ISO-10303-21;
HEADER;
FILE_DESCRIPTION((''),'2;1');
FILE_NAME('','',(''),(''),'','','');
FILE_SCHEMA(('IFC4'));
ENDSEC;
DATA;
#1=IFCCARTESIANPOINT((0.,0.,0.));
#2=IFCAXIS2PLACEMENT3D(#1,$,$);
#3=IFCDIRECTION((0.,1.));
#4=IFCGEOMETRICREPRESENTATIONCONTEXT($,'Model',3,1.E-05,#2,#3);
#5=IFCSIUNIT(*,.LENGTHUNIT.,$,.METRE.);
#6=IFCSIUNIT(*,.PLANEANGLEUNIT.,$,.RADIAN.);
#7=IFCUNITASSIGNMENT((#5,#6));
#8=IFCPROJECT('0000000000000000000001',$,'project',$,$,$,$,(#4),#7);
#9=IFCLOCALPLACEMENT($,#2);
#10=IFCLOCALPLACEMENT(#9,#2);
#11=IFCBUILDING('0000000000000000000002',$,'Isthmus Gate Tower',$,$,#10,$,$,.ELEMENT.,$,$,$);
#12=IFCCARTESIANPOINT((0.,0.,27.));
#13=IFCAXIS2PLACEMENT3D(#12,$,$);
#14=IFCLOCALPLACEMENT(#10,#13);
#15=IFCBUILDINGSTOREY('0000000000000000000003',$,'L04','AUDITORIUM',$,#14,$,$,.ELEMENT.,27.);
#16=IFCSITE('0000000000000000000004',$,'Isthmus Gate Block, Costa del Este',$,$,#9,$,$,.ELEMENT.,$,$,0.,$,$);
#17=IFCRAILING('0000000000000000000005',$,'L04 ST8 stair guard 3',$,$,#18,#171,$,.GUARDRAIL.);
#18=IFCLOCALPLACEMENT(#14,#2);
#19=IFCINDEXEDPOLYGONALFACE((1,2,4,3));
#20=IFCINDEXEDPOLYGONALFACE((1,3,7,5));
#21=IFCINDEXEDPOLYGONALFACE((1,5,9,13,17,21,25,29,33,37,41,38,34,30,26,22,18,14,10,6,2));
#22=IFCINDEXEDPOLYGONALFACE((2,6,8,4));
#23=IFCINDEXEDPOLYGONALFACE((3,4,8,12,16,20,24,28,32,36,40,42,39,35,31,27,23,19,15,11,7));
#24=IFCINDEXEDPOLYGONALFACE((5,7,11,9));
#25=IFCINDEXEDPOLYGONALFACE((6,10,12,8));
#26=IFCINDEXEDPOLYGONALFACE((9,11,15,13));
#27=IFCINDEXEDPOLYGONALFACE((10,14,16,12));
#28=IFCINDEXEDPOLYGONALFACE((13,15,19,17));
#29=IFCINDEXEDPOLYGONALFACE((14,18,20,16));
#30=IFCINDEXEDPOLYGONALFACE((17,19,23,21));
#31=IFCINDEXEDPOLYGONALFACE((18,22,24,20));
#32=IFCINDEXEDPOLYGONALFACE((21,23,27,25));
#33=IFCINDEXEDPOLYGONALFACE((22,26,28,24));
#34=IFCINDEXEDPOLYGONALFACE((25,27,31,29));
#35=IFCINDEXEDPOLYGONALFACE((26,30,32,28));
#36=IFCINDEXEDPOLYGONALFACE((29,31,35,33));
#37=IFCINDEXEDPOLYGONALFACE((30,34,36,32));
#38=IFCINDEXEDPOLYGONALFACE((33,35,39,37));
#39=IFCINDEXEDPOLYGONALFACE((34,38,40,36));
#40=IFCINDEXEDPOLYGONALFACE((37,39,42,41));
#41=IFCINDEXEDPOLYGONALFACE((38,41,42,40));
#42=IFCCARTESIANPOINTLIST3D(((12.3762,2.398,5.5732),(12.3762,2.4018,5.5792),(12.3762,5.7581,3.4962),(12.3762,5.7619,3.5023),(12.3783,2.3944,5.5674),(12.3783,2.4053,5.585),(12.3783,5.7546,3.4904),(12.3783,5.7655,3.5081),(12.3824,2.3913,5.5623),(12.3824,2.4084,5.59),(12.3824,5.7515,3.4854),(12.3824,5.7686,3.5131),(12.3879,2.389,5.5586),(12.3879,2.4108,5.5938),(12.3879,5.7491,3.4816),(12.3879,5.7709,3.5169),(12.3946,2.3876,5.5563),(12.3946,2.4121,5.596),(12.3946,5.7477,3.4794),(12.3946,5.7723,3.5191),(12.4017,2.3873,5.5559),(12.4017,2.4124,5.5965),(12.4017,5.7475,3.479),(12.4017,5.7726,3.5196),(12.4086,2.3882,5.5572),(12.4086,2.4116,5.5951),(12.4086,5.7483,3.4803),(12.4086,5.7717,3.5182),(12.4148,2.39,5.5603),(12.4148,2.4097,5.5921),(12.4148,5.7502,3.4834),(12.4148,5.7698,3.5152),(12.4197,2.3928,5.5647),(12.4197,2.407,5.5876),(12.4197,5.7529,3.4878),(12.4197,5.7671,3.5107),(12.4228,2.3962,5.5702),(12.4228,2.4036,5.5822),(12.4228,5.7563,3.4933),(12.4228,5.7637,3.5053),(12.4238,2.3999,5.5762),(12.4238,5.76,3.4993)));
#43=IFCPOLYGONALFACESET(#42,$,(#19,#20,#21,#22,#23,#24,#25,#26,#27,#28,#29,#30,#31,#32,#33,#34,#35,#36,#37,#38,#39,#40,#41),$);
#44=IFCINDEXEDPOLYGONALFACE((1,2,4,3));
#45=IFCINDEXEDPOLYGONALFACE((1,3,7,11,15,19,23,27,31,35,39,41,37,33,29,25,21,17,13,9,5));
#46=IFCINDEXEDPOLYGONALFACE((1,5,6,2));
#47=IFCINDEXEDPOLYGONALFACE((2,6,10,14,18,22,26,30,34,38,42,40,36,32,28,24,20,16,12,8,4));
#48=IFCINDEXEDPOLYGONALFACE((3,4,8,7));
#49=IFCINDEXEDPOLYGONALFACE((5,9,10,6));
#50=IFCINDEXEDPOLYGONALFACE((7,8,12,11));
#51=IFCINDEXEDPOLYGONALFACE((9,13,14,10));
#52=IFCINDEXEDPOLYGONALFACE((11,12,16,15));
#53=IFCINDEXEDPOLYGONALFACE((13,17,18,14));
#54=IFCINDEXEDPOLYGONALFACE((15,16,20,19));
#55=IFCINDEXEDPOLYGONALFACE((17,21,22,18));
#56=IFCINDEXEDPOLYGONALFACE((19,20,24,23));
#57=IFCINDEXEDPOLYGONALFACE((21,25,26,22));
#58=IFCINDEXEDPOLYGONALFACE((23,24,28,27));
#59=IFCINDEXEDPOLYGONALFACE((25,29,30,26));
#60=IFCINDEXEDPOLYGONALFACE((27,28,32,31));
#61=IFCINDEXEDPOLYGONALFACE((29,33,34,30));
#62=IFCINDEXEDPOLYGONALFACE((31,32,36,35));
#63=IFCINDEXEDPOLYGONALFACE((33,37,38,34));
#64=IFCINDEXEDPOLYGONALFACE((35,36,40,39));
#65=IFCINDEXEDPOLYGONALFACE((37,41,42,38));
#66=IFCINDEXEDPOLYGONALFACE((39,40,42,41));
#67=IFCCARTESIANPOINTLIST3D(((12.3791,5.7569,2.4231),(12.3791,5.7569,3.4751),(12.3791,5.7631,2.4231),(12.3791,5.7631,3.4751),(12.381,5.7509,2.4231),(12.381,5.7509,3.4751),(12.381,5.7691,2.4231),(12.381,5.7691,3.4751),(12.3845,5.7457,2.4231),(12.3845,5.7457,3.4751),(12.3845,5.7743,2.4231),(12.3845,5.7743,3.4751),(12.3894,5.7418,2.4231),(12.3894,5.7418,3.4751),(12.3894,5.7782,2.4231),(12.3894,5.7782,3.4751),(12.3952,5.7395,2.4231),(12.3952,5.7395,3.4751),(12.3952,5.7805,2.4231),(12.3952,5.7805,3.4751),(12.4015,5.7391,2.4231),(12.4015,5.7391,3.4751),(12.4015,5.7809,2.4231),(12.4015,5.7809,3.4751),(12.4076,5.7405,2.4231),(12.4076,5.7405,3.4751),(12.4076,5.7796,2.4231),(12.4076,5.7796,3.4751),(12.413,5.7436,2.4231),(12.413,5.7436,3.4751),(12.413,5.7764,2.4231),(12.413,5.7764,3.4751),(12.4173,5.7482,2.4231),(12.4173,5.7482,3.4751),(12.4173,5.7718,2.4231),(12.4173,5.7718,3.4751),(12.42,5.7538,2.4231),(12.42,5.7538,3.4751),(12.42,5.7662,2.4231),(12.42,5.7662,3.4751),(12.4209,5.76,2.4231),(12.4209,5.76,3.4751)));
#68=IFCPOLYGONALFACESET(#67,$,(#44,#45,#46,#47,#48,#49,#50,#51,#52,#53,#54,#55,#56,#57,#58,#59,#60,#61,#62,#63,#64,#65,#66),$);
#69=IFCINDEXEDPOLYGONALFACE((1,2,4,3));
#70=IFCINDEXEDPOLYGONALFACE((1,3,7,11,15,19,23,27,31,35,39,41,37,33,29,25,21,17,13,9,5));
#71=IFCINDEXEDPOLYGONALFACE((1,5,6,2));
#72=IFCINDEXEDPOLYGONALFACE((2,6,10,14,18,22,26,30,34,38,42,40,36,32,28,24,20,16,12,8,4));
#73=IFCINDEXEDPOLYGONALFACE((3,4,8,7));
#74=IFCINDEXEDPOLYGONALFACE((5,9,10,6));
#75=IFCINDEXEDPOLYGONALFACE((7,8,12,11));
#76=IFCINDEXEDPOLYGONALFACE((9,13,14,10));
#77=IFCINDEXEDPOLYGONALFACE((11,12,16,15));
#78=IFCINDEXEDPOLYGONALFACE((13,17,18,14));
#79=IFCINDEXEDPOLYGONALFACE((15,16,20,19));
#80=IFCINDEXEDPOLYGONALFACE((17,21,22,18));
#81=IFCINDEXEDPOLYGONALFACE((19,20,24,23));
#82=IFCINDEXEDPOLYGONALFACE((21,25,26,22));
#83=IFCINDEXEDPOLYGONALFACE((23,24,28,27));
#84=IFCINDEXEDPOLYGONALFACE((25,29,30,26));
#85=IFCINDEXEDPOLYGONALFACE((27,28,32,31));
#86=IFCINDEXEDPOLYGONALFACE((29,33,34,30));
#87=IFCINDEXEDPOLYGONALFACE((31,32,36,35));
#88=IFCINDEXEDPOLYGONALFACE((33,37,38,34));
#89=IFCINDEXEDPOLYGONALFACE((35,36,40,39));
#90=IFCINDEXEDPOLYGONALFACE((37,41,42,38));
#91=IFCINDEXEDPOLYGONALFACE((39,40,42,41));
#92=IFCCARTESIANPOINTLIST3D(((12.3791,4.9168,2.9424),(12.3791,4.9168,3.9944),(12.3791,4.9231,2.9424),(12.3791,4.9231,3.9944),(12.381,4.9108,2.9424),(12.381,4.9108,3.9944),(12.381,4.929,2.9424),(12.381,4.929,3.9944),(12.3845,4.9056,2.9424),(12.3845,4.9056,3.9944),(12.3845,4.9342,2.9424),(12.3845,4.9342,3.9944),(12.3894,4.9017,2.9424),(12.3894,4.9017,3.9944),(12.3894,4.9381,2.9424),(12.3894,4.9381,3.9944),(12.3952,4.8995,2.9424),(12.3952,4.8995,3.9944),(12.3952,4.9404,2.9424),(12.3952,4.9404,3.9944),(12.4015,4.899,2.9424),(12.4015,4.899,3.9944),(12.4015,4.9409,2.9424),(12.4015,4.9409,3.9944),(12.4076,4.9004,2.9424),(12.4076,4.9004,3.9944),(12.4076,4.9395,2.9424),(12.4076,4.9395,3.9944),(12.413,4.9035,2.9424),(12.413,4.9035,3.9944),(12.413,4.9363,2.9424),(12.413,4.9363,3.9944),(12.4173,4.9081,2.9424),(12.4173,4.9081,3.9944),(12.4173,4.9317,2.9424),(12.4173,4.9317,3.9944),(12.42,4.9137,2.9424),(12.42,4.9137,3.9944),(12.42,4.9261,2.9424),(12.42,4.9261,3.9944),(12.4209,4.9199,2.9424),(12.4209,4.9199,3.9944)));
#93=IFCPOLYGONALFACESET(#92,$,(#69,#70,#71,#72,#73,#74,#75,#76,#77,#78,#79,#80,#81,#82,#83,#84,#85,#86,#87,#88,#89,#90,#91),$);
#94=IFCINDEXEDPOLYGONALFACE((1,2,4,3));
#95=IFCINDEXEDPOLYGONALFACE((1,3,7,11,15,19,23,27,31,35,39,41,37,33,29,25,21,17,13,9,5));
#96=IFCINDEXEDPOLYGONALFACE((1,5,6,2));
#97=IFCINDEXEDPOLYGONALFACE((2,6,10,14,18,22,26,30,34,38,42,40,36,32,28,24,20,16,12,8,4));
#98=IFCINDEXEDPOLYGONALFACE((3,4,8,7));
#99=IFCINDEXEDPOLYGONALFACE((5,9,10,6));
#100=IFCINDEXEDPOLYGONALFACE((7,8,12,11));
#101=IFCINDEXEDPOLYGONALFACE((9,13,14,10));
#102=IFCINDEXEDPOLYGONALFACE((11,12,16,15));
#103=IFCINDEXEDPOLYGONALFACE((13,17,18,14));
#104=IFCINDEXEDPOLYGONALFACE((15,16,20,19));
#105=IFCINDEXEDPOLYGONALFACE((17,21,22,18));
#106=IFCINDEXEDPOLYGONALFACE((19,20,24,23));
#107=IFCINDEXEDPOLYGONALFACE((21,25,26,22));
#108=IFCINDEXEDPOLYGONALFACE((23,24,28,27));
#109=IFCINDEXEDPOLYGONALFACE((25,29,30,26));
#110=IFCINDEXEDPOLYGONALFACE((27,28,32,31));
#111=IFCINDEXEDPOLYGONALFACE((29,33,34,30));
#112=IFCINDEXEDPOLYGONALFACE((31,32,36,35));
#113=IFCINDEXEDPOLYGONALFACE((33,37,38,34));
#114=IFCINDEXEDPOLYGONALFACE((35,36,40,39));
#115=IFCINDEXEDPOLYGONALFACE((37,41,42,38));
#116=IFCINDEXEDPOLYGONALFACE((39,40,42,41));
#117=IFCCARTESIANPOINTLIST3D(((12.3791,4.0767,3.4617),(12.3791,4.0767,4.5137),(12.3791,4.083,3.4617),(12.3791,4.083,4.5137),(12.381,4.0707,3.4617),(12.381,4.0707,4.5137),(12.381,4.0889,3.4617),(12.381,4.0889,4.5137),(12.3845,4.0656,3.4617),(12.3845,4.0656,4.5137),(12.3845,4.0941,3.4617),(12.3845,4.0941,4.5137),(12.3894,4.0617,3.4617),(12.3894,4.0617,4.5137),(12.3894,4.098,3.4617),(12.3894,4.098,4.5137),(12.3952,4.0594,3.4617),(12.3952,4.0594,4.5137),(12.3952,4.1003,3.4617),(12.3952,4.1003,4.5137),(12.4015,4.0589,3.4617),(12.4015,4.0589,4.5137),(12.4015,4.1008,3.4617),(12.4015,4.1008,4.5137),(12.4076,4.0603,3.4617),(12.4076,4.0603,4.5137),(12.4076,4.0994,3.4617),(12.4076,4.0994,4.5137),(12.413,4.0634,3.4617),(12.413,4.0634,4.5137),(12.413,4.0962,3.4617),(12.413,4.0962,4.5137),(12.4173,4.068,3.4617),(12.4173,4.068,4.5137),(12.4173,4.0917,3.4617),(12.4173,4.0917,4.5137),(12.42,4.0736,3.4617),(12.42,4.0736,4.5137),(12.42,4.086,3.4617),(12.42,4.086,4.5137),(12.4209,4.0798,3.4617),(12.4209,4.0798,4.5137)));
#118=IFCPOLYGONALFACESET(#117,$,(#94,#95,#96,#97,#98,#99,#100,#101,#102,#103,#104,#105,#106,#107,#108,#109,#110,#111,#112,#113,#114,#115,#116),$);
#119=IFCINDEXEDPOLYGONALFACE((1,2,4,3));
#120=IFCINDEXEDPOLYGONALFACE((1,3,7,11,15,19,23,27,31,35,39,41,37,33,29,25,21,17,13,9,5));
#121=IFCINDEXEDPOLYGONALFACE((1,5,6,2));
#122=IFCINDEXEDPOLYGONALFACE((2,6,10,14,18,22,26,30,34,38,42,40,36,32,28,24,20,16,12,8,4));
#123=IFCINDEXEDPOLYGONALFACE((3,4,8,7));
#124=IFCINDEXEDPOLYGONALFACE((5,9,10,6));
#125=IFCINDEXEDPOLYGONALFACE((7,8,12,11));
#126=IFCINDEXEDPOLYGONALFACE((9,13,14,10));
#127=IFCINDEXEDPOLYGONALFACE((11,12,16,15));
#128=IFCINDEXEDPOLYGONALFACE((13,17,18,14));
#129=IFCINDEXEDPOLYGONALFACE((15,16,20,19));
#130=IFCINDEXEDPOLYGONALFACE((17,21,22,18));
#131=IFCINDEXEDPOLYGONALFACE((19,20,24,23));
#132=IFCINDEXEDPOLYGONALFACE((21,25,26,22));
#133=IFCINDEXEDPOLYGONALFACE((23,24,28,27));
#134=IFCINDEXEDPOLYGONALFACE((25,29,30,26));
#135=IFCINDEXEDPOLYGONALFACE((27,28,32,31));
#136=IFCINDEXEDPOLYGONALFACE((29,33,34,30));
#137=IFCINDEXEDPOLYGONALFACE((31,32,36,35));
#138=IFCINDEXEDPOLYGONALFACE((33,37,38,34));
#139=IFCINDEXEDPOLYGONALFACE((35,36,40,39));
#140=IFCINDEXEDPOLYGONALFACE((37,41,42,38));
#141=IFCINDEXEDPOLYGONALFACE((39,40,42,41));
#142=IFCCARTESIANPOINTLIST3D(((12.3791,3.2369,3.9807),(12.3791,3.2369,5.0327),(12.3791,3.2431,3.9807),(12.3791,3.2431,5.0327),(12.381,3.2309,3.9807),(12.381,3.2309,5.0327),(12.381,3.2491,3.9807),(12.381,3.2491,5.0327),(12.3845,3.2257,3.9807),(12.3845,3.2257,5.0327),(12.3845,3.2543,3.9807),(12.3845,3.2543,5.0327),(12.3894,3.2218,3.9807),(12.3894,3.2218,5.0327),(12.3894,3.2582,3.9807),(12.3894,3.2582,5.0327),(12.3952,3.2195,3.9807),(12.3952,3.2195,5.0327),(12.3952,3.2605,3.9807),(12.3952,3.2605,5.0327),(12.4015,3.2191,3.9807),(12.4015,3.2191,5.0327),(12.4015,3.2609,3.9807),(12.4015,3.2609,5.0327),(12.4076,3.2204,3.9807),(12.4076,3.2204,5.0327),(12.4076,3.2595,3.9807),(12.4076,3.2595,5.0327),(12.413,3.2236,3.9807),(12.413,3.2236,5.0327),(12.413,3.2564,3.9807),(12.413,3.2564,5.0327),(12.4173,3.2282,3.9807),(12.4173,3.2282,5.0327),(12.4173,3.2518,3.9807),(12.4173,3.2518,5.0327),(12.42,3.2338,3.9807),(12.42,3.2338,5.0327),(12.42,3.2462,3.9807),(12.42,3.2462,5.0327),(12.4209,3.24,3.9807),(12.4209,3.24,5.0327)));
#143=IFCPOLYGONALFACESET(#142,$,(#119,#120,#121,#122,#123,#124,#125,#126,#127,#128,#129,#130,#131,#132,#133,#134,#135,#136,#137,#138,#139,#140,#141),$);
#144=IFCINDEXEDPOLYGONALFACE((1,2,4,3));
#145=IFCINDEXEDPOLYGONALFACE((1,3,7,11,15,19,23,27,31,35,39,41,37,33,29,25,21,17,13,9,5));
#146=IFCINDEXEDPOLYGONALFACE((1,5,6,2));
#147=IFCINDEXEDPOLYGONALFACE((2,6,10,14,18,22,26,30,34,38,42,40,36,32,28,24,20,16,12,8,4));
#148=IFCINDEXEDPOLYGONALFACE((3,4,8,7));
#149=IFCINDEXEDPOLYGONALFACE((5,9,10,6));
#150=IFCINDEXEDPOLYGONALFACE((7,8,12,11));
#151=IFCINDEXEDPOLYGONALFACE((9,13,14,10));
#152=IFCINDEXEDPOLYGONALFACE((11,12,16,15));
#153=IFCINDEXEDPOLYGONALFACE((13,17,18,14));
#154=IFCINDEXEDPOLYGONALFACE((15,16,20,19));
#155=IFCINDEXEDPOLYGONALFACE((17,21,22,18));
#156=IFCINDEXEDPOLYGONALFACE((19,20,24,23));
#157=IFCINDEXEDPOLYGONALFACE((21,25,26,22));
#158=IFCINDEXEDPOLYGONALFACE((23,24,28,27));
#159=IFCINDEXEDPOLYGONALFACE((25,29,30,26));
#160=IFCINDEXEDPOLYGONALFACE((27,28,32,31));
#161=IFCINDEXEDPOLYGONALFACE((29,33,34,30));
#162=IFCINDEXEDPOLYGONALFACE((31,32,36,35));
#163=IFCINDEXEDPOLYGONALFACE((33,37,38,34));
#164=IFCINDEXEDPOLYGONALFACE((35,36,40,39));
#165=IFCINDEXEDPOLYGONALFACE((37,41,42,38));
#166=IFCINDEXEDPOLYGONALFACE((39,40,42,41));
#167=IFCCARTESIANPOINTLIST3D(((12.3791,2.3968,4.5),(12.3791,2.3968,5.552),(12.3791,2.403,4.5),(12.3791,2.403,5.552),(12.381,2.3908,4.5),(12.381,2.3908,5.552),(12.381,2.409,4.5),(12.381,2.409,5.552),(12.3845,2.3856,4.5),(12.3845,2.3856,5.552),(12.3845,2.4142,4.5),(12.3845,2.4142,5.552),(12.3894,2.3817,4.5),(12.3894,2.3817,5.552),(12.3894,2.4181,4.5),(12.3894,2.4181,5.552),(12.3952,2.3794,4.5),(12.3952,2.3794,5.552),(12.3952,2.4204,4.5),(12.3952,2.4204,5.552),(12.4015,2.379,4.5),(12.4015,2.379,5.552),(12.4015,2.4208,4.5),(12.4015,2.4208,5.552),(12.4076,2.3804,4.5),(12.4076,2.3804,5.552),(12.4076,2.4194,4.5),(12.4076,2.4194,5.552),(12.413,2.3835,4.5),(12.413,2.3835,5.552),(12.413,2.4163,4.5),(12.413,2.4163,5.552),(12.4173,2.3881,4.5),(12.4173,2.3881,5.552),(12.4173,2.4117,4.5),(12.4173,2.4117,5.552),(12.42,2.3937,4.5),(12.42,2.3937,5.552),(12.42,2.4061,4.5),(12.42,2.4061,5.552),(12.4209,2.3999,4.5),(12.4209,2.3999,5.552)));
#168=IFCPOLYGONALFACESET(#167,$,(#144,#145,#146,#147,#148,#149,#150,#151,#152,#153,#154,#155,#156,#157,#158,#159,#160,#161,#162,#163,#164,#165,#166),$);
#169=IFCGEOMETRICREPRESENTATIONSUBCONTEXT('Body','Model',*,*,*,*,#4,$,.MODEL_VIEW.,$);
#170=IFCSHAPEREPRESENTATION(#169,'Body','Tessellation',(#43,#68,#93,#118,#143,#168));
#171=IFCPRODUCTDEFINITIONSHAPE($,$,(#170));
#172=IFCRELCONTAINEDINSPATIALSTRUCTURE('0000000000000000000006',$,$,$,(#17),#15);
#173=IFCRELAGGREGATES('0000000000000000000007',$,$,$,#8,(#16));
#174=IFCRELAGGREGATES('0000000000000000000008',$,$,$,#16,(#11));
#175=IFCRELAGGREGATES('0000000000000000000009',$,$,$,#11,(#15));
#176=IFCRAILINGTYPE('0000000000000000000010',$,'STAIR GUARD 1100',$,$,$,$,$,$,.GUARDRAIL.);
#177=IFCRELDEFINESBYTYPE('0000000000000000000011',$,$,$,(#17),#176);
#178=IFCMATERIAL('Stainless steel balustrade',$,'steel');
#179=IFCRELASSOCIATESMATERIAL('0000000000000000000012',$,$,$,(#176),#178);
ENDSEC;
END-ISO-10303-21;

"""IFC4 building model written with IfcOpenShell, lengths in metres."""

from ifc_helpers import new_model, si_unit, direction, frame, origin, origin_2d, place, context, subcontext, project, spatial, circle, extrude, material, type_object, element, save


model = new_model("IFC4")

# Units and contexts
model_context = context("Model", 3, precision=1e-05, world=origin(), true_north=direction((0.0, 1.0)))
body_context = subcontext(model_context, "Body", "Model", "MODEL_VIEW")
ifc_project = project(units=[si_unit("LENGTHUNIT", "METRE"), si_unit("PLANEANGLEUNIT", "RADIAN")], contexts=[model_context])

# Site, building, storey
site_placement = place(None, origin())
site = spatial("IfcSite", under=ifc_project, at=site_placement, Name="Isthmus Gate Block, Costa del Este", CompositionType="ELEMENT", RefElevation=0.0)
building_placement = place(site_placement, origin())
building = spatial("IfcBuilding", under=site, at=building_placement, Name="Isthmus Gate Tower", CompositionType="ELEMENT")
storey_placement = place(building_placement, frame((0.0, 0.0, 27.0)))
storey = spatial("IfcBuildingStorey", under=building, at=storey_placement, Name="L04", Description="AUDITORIUM", CompositionType="ELEMENT", Elevation=27.0)

# Railing
ifc_material_1 = material(Name="Stainless steel balustrade", Category="steel")
railing_type_1 = type_object("IfcRailingType", Name="STAIR GUARD 1100", PredefinedType="GUARDRAIL", material=ifc_material_1)
for number, where, name in (
    (1, (12.3999, 5.76, 2.4231), "L04 ST8 stair guard 3"),
):
    element("IfcRailing", number, at=place(storey_placement, frame(where)), inside=storey, type_object=railing_type_1, Name=name, PredefinedType="GUARDRAIL", context=body_context, shape_type="SweptSolid", body=[
        extrude(circle(Radius=0.0239, at=origin_2d()), frame((0.0, 0.0, 1.0762), z_axis=(0.0, -0.850623, 0.525776), x_axis=(1.0, 0.0, 0.0)), (0.0, 0.0, 1.0), 3.9502),
        extrude(circle(Radius=0.021, at=origin_2d()), origin(), (0.0, 0.0, 1.0), 1.052),
        extrude(circle(Radius=0.021, at=origin_2d()), frame((0.0, -0.8401, 0.5193)), (0.0, 0.0, 1.0), 1.052),
        extrude(circle(Radius=0.021, at=origin_2d()), frame((0.0, -1.6802, 1.0386)), (0.0, 0.0, 1.0), 1.052),
        extrude(circle(Radius=0.021, at=origin_2d()), frame((0.0, -2.52, 1.5576)), (0.0, 0.0, 1.0), 1.052),
        extrude(circle(Radius=0.021, at=origin_2d()), frame((0.0, -3.3601, 2.0769)), (0.0, 0.0, 1.0), 1.052),
    ])

save(model, "model.ifc")
